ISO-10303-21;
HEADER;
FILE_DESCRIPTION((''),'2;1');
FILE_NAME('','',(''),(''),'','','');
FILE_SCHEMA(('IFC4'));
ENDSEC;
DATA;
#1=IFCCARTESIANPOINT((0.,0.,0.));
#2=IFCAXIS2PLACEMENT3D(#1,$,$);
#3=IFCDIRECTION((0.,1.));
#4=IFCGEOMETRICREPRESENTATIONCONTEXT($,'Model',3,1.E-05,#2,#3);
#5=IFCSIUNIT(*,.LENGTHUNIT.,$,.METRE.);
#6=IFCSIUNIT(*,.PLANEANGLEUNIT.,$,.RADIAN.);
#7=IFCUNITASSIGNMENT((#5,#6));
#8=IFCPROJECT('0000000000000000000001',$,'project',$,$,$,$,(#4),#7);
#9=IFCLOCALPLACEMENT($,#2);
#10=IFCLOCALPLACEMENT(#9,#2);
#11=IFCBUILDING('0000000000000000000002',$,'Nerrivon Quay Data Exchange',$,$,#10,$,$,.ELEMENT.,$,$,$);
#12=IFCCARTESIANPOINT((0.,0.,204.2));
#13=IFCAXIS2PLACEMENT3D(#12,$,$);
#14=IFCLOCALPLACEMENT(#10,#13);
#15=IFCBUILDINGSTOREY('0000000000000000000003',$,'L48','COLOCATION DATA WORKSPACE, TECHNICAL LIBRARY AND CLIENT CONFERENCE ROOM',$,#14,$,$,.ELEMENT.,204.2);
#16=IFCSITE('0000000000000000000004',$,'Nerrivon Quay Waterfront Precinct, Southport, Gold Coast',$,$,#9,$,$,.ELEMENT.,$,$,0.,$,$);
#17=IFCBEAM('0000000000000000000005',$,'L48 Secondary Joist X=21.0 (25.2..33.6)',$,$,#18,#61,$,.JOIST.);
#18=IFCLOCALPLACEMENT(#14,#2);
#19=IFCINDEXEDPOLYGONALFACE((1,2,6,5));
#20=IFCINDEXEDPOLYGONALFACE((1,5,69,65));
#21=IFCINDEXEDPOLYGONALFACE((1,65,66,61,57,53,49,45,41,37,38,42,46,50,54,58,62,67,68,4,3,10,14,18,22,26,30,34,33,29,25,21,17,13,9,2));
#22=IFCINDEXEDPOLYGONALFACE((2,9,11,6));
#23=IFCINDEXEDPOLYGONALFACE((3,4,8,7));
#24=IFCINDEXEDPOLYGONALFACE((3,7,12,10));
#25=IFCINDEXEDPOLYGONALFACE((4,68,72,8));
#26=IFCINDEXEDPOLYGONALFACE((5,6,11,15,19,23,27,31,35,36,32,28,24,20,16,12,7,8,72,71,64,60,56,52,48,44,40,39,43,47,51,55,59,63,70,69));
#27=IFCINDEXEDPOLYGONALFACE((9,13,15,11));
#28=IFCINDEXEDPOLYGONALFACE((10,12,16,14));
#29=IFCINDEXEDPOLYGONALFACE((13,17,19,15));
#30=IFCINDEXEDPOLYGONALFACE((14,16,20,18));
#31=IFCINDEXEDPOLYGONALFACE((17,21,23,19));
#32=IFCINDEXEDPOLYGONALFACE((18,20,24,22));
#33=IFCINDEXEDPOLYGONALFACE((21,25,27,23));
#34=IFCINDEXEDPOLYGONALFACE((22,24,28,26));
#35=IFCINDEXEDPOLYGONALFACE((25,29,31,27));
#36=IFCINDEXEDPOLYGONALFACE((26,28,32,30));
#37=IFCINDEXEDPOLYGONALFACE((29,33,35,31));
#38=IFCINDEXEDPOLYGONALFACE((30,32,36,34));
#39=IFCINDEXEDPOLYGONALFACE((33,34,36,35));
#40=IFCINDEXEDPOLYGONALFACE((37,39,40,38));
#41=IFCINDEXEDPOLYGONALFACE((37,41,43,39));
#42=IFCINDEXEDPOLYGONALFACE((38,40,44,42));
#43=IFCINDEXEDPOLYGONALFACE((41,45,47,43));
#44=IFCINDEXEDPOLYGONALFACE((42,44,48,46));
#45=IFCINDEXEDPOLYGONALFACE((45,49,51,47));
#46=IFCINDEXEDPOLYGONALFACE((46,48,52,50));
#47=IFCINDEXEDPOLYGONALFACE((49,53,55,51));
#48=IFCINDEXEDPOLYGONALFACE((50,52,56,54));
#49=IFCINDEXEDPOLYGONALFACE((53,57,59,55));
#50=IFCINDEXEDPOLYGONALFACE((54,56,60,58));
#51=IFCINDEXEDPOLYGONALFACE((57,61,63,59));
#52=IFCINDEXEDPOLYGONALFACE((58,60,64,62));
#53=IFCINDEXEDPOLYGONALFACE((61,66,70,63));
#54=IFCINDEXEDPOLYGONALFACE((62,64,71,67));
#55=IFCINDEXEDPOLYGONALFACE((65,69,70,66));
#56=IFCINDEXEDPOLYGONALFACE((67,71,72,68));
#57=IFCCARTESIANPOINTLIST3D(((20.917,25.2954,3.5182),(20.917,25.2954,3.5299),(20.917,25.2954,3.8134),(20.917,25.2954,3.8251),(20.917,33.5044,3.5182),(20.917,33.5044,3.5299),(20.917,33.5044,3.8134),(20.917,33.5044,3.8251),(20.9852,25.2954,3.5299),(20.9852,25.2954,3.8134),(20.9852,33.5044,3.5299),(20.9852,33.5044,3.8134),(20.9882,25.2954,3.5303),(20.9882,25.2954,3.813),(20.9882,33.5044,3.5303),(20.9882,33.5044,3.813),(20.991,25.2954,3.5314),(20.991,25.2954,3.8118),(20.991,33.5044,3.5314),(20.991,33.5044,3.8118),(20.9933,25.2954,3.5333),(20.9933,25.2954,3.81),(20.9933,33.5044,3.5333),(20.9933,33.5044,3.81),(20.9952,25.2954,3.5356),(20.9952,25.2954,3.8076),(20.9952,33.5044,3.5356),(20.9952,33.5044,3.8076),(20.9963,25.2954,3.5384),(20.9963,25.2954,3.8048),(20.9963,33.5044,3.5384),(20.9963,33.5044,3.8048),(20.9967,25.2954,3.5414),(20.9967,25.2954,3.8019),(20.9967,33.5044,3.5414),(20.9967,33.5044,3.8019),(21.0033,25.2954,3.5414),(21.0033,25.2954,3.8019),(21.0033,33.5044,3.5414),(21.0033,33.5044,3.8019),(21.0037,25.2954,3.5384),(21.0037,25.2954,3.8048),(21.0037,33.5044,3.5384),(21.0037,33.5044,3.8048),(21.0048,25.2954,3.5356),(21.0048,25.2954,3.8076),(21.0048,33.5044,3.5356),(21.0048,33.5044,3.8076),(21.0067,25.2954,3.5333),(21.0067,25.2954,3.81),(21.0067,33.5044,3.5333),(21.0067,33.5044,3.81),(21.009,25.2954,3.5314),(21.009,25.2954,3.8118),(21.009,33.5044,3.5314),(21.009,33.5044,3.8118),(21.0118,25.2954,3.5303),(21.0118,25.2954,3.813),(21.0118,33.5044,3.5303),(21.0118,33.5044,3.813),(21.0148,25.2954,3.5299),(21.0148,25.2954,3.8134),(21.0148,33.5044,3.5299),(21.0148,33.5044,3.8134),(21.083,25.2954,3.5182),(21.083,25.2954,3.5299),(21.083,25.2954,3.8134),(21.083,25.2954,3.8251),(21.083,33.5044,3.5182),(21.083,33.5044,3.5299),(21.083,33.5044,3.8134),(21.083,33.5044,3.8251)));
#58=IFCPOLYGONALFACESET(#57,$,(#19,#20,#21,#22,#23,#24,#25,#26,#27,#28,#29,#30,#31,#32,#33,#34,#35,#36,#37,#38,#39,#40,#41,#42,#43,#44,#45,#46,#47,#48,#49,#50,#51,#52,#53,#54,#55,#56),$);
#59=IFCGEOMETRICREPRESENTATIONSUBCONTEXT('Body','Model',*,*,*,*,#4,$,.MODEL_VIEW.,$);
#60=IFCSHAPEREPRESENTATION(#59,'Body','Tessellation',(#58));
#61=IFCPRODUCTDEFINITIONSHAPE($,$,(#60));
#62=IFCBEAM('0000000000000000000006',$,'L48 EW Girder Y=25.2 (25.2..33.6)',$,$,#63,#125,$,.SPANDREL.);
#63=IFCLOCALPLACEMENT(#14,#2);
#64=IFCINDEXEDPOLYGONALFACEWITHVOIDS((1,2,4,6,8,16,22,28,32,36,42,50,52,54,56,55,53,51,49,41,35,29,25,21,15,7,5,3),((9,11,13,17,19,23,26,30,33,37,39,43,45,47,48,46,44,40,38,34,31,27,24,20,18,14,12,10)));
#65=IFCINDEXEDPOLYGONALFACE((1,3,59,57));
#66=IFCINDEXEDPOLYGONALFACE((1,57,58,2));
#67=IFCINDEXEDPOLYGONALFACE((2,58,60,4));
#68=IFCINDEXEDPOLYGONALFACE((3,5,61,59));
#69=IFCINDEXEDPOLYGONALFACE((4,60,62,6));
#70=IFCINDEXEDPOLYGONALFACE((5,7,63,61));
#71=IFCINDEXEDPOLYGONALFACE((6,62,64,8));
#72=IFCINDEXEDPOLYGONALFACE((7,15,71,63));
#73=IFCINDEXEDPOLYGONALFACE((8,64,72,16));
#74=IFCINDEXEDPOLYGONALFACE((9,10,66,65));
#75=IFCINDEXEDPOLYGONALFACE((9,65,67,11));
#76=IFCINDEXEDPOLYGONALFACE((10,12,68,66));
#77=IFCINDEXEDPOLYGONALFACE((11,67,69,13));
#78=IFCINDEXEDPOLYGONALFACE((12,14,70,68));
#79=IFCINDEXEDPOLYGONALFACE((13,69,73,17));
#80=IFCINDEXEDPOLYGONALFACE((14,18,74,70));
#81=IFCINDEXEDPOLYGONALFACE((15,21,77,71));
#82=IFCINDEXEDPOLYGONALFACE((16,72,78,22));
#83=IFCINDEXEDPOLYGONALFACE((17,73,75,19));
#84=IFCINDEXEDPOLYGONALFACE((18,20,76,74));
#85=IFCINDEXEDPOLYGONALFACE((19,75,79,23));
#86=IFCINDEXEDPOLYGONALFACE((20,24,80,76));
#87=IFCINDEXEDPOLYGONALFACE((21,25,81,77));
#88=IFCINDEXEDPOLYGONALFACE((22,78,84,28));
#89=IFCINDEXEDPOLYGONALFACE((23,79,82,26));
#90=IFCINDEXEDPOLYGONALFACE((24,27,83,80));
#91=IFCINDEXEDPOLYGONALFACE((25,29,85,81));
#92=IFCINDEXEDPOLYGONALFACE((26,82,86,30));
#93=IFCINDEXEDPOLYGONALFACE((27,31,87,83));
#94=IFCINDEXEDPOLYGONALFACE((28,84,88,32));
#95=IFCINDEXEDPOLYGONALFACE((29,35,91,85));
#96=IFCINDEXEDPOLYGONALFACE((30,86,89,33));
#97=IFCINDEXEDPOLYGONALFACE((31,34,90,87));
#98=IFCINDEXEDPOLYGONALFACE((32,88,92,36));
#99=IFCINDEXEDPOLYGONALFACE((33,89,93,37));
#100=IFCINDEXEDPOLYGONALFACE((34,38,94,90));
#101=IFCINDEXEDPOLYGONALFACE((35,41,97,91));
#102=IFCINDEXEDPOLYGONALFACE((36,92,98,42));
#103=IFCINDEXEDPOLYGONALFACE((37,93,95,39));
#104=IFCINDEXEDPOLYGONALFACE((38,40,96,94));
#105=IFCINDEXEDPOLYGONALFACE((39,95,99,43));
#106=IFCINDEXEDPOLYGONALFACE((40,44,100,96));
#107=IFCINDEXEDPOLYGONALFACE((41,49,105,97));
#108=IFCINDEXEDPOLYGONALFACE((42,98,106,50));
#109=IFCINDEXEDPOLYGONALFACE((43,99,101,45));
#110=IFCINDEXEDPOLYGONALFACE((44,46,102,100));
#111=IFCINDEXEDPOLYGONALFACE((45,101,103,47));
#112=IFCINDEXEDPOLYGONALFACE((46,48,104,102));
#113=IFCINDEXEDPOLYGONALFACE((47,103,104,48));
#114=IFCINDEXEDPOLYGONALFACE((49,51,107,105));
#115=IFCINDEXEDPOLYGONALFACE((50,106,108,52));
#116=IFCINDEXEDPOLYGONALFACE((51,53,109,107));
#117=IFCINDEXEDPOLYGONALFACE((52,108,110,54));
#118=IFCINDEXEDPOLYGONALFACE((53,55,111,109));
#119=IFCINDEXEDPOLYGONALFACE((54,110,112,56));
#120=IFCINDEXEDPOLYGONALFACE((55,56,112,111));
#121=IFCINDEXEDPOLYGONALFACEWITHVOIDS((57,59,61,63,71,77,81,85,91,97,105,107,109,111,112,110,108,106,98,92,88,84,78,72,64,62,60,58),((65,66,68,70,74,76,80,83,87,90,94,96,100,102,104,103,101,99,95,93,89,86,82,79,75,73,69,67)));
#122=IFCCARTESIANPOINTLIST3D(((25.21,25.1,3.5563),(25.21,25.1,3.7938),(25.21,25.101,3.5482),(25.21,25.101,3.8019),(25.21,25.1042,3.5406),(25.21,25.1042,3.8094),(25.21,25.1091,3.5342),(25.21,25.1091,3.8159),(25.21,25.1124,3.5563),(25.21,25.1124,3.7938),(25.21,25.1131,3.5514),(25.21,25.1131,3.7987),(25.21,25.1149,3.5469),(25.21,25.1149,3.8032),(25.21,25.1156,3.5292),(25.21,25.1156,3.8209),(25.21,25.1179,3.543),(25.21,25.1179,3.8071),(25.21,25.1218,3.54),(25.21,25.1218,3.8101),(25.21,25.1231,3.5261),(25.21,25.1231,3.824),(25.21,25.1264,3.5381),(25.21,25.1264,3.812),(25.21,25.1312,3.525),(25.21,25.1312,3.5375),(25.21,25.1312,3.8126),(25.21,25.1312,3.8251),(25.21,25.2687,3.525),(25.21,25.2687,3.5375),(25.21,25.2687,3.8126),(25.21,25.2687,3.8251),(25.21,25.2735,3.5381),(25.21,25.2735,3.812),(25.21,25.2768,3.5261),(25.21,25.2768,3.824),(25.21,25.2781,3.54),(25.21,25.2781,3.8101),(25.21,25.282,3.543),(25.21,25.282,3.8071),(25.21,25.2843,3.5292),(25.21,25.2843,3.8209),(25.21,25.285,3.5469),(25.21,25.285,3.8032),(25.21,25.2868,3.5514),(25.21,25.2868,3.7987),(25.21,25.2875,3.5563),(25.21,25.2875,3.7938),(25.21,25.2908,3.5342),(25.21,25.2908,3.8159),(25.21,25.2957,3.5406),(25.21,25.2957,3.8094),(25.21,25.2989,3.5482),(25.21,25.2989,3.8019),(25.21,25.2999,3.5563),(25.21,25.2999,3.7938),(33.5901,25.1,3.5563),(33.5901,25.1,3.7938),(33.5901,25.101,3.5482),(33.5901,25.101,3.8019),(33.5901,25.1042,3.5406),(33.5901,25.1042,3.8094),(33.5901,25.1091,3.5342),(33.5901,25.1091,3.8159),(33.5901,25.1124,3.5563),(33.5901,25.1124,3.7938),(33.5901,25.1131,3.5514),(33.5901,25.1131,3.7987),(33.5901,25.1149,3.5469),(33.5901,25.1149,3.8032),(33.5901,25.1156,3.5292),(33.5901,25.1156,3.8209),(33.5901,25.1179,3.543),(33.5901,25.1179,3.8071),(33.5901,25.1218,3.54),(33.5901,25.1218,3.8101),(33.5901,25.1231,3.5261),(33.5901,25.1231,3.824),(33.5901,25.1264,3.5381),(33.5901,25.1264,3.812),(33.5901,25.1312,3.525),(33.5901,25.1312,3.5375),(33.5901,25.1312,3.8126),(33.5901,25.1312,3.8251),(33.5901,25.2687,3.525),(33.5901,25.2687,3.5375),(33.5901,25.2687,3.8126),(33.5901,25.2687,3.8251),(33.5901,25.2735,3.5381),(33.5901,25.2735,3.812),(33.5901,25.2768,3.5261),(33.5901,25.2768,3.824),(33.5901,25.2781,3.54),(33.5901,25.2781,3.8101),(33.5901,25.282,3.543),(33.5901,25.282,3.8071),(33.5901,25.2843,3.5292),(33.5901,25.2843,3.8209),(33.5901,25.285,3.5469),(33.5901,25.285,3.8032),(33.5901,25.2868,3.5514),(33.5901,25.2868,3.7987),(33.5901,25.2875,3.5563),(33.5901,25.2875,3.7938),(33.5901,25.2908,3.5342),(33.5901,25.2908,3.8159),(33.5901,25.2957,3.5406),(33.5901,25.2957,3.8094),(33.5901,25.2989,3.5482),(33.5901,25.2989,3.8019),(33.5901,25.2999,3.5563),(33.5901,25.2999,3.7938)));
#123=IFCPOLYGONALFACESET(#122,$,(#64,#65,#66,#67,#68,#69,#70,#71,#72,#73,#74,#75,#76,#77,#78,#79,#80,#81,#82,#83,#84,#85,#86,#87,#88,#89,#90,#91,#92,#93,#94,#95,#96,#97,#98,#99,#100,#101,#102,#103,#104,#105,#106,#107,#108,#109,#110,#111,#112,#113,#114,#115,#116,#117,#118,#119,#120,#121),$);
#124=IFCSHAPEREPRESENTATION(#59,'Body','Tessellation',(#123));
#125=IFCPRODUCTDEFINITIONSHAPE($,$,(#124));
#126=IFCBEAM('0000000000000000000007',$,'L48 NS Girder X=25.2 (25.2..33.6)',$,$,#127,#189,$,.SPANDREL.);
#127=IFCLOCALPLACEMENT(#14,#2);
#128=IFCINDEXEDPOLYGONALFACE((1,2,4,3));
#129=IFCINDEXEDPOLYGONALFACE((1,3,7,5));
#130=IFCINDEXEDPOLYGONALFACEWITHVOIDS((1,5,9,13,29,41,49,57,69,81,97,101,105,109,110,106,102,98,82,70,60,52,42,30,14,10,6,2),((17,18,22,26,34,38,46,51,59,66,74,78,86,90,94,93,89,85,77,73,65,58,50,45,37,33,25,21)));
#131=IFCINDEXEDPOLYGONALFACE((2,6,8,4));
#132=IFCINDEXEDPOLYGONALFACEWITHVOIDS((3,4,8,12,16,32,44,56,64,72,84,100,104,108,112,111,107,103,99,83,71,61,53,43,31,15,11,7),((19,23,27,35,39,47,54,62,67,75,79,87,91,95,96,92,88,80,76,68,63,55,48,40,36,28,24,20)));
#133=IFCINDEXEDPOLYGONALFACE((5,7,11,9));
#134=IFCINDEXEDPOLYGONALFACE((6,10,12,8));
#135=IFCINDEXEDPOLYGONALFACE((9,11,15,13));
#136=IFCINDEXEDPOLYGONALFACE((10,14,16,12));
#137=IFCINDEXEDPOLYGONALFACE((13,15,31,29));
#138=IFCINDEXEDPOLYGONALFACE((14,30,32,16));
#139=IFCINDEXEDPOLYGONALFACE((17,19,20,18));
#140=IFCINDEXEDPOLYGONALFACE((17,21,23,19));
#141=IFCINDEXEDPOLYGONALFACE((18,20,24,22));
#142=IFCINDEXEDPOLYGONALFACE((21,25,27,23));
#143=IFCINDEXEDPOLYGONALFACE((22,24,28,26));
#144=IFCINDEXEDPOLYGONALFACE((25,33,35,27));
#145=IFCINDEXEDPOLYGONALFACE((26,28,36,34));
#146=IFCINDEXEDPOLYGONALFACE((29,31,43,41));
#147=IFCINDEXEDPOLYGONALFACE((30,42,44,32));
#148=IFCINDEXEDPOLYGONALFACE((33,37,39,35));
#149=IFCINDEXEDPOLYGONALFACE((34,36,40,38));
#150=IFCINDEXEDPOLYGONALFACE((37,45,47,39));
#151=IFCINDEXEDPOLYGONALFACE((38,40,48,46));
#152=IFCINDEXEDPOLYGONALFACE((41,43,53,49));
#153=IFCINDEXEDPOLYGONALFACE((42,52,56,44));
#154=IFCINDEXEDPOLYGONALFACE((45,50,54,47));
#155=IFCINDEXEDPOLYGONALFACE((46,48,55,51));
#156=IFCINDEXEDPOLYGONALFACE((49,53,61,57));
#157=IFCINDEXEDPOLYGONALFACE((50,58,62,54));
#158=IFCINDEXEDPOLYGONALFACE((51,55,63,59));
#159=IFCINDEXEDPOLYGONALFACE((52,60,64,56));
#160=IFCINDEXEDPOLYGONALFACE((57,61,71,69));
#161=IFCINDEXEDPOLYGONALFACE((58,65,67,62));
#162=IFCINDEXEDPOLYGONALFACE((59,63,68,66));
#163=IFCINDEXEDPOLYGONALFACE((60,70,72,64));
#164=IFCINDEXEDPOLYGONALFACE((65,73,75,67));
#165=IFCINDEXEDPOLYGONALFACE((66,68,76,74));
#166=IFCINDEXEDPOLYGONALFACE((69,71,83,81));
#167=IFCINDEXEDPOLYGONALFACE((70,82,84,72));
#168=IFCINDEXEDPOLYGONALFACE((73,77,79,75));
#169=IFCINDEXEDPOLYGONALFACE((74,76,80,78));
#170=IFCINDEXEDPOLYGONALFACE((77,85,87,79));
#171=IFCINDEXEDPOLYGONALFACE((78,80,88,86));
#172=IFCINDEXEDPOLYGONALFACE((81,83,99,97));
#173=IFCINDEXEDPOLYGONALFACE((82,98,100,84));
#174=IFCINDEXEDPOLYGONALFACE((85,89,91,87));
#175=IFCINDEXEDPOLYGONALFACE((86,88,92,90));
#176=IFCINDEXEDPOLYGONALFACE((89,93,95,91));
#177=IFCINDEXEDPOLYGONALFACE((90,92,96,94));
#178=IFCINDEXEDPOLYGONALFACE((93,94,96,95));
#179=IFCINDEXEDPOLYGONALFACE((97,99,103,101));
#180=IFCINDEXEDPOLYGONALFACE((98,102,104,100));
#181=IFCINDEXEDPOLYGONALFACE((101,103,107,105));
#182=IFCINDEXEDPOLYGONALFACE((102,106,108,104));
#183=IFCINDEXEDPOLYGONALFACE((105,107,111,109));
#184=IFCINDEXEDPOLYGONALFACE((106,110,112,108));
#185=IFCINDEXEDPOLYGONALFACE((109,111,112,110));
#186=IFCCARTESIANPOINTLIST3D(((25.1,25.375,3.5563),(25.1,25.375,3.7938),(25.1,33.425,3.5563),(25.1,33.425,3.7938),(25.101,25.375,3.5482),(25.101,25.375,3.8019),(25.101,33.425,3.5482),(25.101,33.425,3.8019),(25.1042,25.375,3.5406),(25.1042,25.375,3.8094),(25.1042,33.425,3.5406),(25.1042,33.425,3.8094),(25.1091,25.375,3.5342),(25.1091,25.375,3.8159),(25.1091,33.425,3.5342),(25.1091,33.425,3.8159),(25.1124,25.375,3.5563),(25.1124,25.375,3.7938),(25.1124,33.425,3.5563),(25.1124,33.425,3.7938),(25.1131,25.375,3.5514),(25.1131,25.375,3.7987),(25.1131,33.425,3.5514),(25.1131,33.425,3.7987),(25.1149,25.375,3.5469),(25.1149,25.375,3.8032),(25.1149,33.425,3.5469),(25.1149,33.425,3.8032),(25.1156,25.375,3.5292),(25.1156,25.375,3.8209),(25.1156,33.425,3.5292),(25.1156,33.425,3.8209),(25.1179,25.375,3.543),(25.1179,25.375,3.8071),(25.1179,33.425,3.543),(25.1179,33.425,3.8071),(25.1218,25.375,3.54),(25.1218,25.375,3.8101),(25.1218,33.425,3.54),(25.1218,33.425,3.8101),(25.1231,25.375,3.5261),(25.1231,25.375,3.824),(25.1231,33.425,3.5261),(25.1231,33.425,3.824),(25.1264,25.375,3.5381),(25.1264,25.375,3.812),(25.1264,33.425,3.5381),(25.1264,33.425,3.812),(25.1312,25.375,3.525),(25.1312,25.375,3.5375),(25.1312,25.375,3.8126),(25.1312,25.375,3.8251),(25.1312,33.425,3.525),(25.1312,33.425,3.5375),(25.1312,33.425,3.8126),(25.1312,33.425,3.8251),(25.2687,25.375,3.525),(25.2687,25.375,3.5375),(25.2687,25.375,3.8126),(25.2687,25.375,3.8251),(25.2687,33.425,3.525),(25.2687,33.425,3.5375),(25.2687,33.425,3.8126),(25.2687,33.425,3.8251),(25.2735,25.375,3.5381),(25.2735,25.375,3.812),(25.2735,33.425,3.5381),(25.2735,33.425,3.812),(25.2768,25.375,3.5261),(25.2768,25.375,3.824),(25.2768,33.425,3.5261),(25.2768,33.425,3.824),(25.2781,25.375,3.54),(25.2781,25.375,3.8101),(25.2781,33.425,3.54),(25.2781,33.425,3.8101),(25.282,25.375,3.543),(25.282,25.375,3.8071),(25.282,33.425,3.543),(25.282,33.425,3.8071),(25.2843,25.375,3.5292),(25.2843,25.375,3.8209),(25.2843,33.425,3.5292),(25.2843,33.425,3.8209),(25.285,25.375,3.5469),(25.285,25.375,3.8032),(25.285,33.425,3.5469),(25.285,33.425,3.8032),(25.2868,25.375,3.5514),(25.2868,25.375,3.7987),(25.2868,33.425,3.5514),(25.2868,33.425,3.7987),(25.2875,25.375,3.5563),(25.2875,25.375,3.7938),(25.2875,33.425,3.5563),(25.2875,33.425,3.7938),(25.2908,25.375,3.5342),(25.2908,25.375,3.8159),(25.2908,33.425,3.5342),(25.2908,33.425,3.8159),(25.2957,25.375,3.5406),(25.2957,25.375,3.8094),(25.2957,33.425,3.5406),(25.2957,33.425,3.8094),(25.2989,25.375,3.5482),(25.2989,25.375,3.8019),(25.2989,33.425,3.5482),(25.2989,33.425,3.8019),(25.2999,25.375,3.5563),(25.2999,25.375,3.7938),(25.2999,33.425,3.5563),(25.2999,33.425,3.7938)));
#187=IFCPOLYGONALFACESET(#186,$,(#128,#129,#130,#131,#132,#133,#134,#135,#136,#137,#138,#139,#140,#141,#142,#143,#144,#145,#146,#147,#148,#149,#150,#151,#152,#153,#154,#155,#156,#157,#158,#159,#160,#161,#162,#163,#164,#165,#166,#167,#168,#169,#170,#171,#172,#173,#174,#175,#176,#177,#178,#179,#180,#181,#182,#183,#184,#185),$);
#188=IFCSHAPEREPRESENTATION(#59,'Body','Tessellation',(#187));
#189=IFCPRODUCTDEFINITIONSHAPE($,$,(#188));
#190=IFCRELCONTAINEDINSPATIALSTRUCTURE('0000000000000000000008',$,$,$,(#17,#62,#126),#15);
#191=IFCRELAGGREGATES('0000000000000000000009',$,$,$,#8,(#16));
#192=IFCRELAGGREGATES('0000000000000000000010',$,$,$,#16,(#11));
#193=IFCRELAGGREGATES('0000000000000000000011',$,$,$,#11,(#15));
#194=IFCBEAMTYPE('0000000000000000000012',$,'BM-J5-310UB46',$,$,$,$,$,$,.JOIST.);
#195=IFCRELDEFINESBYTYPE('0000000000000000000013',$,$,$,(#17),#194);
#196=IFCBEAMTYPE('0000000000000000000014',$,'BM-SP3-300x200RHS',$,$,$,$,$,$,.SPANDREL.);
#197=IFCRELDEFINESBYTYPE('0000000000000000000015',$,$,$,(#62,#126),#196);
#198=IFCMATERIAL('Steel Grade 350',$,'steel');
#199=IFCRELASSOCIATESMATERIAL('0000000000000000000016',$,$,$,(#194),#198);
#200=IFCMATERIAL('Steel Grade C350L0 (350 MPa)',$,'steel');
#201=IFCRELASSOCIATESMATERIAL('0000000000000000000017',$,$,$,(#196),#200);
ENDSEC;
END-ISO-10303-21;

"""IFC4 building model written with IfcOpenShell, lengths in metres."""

from ifc_helpers import new_model, si_unit, direction, frame, origin, origin_2d, place, context, subcontext, project, spatial, hollow_rectangle, i_section, extrude, material, material_profile, profile_set, type_object, element, save


model = new_model("IFC4")

# Units and contexts
model_context = context("Model", 3, precision=1e-05, world=origin(), true_north=direction((0.0, 1.0)))
body_context = subcontext(model_context, "Body", "Model", "MODEL_VIEW")
ifc_project = project(units=[si_unit("LENGTHUNIT", "METRE"), si_unit("PLANEANGLEUNIT", "RADIAN")], contexts=[model_context])

# Site, building, storey
site_placement = place(None, origin())
site = spatial("IfcSite", under=ifc_project, at=site_placement, Name="Nerrivon Quay Waterfront Precinct, Southport, Gold Coast", CompositionType="ELEMENT", RefElevation=0.0)
building_placement = place(site_placement, origin())
building = spatial("IfcBuilding", under=site, at=building_placement, Name="Nerrivon Quay Data Exchange", CompositionType="ELEMENT")
storey_placement = place(building_placement, frame((0.0, 0.0, 204.2)))
storey = spatial("IfcBuildingStorey", under=building, at=storey_placement, Name="L48", Description="COLOCATION DATA WORKSPACE, TECHNICAL LIBRARY AND CLIENT CONFERENCE ROOM", CompositionType="ELEMENT", Elevation=204.2)

# Shared definitions
ifc_material_1 = material(Name="Steel Grade 350", Category="steel")

# Beams
ifc_material_profile_1 = material_profile(ifc_material_1, i_section(OverallWidth=0.166, OverallDepth=0.3069, WebThickness=0.0066, FlangeThickness=0.0117, FilletRadius=0.0115, at=origin_2d()), Name="310UB46.2")
ifc_profile_set_1 = profile_set([ifc_material_profile_1], Name="Steel Grade 350")
beam_type_1 = type_object("IfcBeamType", Name="BM-J5-310UB46", PredefinedType="JOIST", material=ifc_profile_set_1)
for number, where, z_axis, x_axis, name in (
    (1, (21.0, 25.2954, 3.6716), (0.0, 1.0, 0.0), (-1.0, 0.0, 0.0), "L48 Secondary Joist X=21.0 (25.2..33.6)"),
):
    element("IfcBeam", number, at=place(storey_placement, frame(where, z_axis=z_axis, x_axis=x_axis)), inside=storey, type_object=beam_type_1, Name=name, PredefinedType="JOIST", context=body_context, shape_type="SweptSolid", body=[
        extrude(i_section(OverallWidth=0.166, OverallDepth=0.3069, WebThickness=0.0066, FlangeThickness=0.0117, FilletRadius=0.0115, at=origin_2d()), origin(), (0.0, 0.0, 1.0), 8.209),
    ])
ifc_material_2 = material(Name="Steel Grade C350L0 (350 MPa)", Category="steel")
ifc_material_profile_2 = material_profile(ifc_material_2, hollow_rectangle(XDim=0.2, YDim=0.3, WallThickness=0.0125, InnerFilletRadius=0.0188, OuterFilletRadius=0.0312, at=origin_2d()), Name="300x200x12.5RHS")
ifc_profile_set_2 = profile_set([ifc_material_profile_2], Name="Steel Grade C350L0 (350 MPa)")
beam_type_2 = type_object("IfcBeamType", Name="BM-SP3-300x200RHS", PredefinedType="SPANDREL", material=ifc_profile_set_2)
beam_1_placement = place(storey_placement, frame((25.21, 25.2, 3.675), z_axis=(1.0, 0.0, 0.0), x_axis=(0.0, 1.0, 0.0)))
element("IfcBeam", 2, at=beam_1_placement, inside=storey, type_object=beam_type_2, Name="L48 EW Girder Y=25.2 (25.2..33.6)", PredefinedType="SPANDREL", context=body_context, shape_type="SweptSolid", body=[
    extrude(hollow_rectangle(XDim=0.2, YDim=0.3, WallThickness=0.0125, InnerFilletRadius=0.0188, OuterFilletRadius=0.0312, at=origin_2d()), origin(), (0.0, 0.0, 1.0), 8.3801),
])
beam_2_placement = place(storey_placement, frame((25.2, 25.375, 3.675), z_axis=(0.0, 1.0, 0.0), x_axis=(-1.0, 0.0, 0.0)))
element("IfcBeam", 3, at=beam_2_placement, inside=storey, type_object=beam_type_2, Name="L48 NS Girder X=25.2 (25.2..33.6)", PredefinedType="SPANDREL", context=body_context, shape_type="SweptSolid", body=[
    extrude(hollow_rectangle(XDim=0.2, YDim=0.3, WallThickness=0.0125, InnerFilletRadius=0.0188, OuterFilletRadius=0.0312, at=origin_2d()), origin(), (0.0, 0.0, 1.0), 8.05),
])

save(model, "model.ifc")
